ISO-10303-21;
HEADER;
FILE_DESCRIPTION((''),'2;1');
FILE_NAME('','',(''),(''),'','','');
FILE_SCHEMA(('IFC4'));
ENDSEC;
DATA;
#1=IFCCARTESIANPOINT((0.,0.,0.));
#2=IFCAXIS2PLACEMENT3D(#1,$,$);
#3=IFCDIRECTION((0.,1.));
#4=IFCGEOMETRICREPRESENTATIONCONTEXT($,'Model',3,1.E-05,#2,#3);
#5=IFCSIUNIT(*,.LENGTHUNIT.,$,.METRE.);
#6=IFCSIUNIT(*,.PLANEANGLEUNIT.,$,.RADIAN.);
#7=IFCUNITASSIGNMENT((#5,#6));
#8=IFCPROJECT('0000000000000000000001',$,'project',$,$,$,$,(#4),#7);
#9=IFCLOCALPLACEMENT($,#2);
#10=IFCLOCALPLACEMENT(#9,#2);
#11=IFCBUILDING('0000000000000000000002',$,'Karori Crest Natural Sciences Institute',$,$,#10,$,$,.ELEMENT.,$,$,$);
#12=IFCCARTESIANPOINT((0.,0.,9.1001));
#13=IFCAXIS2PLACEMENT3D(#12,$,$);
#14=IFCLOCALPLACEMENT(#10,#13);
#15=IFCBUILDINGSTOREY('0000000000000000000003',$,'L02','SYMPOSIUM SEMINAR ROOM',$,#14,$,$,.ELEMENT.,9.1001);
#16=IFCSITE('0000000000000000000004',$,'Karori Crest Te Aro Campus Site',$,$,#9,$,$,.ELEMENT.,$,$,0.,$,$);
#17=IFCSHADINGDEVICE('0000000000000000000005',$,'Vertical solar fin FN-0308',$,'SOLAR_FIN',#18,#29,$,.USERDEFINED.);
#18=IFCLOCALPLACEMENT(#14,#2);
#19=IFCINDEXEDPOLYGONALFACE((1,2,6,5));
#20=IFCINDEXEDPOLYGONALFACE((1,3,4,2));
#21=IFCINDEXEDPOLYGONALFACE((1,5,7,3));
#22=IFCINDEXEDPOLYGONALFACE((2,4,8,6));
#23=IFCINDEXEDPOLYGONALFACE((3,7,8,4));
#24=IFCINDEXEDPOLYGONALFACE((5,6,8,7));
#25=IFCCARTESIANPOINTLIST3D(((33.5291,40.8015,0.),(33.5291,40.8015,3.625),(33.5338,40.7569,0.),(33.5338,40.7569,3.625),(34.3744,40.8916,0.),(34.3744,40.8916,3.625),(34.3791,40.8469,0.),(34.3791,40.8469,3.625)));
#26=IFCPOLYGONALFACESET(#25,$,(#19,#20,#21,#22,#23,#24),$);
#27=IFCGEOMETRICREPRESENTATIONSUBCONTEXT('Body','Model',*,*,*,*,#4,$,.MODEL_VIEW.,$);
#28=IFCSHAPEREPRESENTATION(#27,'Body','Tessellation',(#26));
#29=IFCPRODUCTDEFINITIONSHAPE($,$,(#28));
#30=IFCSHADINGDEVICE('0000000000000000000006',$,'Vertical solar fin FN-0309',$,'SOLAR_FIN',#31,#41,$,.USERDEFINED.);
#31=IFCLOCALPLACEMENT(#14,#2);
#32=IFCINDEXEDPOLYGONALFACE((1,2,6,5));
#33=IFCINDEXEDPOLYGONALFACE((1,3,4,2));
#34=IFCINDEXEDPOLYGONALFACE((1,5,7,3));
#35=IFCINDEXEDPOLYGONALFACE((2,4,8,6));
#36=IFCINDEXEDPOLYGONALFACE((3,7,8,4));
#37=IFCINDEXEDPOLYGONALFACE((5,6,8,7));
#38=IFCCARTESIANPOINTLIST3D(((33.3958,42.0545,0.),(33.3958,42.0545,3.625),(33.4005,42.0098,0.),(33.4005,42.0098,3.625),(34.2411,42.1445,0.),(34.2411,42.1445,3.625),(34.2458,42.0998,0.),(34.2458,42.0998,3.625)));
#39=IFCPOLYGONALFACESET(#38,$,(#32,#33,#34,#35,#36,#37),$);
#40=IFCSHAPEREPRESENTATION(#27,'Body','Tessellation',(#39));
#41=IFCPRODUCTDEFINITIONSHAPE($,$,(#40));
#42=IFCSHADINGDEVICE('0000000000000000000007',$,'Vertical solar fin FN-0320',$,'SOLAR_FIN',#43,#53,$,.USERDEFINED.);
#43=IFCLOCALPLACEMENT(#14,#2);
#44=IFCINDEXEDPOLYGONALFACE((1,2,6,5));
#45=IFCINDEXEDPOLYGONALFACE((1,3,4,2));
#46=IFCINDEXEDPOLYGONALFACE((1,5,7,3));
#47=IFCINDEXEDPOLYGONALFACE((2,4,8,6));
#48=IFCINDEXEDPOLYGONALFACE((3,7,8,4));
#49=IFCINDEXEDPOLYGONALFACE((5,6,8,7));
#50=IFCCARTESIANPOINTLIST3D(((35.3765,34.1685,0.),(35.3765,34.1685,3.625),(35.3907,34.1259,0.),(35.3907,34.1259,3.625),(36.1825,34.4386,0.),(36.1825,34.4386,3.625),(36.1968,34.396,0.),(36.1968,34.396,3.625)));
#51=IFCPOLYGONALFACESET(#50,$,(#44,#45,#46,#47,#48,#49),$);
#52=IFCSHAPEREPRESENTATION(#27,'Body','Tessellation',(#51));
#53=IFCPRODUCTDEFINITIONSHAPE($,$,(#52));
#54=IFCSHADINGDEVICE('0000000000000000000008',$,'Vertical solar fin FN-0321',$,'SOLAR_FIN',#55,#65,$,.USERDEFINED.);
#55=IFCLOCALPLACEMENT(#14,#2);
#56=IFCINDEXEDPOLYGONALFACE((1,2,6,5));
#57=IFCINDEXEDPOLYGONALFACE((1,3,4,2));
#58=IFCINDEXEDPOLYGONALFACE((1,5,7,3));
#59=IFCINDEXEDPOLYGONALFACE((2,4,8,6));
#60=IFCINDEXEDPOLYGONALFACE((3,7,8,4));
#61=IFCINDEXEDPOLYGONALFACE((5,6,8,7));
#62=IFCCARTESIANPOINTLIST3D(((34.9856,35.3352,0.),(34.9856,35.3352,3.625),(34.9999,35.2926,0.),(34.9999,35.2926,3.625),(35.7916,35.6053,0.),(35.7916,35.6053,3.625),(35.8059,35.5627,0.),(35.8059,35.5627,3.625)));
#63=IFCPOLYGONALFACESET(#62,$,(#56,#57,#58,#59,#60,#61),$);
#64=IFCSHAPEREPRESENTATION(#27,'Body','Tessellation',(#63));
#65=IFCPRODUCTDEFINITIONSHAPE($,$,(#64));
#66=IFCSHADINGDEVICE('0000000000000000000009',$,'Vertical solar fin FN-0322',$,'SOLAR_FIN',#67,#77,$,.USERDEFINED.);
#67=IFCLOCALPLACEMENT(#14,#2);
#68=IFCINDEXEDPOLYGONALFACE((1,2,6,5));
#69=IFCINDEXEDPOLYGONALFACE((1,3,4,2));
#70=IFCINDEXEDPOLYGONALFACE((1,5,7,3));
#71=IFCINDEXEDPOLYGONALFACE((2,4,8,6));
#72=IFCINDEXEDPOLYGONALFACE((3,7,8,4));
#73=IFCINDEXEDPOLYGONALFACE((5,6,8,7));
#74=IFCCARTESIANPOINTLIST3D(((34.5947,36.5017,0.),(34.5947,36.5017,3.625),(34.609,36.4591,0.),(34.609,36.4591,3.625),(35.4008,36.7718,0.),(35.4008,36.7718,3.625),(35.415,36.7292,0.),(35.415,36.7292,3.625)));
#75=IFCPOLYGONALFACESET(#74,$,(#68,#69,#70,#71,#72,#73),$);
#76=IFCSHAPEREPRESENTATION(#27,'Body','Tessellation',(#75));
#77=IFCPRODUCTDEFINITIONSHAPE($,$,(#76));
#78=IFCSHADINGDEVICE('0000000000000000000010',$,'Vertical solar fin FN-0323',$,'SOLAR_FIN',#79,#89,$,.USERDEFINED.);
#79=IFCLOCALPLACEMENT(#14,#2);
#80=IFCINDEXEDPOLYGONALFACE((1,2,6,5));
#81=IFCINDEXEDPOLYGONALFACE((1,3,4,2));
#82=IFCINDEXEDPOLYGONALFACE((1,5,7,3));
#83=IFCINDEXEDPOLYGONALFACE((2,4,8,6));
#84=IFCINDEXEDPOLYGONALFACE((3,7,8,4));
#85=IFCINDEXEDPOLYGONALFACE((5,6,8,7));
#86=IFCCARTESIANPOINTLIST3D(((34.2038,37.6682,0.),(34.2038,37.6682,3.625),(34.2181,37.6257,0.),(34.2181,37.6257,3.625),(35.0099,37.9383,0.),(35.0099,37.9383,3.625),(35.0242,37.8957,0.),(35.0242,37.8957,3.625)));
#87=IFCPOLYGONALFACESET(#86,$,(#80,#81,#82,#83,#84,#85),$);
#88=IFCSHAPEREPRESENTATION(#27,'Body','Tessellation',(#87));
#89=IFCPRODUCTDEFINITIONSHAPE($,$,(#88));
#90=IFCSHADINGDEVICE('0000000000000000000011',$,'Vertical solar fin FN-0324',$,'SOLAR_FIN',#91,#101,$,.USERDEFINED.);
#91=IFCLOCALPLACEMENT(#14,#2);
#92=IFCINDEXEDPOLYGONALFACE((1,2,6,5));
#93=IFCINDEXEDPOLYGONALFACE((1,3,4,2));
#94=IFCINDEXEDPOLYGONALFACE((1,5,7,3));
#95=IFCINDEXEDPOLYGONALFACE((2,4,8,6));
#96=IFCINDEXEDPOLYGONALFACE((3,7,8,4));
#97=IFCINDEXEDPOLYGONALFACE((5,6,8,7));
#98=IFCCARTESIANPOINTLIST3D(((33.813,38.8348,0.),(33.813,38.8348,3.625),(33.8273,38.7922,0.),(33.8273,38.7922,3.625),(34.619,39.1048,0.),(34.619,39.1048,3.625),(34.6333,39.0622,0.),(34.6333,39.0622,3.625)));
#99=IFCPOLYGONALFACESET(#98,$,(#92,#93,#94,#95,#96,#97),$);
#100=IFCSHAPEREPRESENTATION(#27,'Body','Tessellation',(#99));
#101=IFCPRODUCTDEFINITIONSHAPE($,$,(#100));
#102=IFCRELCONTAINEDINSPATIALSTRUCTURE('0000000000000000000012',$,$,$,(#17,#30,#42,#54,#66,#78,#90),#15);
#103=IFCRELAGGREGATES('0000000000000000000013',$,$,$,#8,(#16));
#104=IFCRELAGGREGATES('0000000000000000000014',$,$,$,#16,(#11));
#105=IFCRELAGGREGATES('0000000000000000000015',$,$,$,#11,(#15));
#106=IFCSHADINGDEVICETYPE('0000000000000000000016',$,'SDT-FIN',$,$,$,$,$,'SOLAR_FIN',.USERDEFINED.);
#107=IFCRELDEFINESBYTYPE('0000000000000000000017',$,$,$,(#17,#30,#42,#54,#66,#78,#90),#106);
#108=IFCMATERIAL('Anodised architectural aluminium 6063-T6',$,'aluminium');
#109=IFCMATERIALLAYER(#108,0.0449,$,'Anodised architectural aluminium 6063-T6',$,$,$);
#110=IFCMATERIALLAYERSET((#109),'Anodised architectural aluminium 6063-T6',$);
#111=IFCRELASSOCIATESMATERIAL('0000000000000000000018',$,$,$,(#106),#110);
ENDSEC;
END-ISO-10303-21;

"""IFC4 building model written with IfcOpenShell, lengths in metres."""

from ifc_helpers import new_model, si_unit, direction, frame, origin, origin_2d, place, context, subcontext, project, spatial, rectangle, extrude, material, layer, layer_set, type_object, element, save


model = new_model("IFC4")

# Units and contexts
model_context = context("Model", 3, precision=1e-05, world=origin(), true_north=direction((0.0, 1.0)))
body_context = subcontext(model_context, "Body", "Model", "MODEL_VIEW")
ifc_project = project(units=[si_unit("LENGTHUNIT", "METRE"), si_unit("PLANEANGLEUNIT", "RADIAN")], contexts=[model_context])

# Site, building, storey
site_placement = place(None, origin())
site = spatial("IfcSite", under=ifc_project, at=site_placement, Name="Karori Crest Te Aro Campus Site", CompositionType="ELEMENT", RefElevation=0.0)
building_placement = place(site_placement, origin())
building = spatial("IfcBuilding", under=site, at=building_placement, Name="Karori Crest Natural Sciences Institute", CompositionType="ELEMENT")
storey_placement = place(building_placement, frame((0.0, 0.0, 9.1001)))
storey = spatial("IfcBuildingStorey", under=building, at=storey_placement, Name="L02", Description="SYMPOSIUM SEMINAR ROOM", CompositionType="ELEMENT", Elevation=9.1001)

# Shared definitions
ifc_material_1 = material(Name="Anodised architectural aluminium 6063-T6", Category="aluminium")

# Shading devices
ifc_layer_1 = layer(ifc_material_1, 0.0449, Name="Anodised architectural aluminium 6063-T6")
ifc_layer_set_1 = layer_set([ifc_layer_1], Name="Anodised architectural aluminium 6063-T6")
shading_device_type = type_object("IfcShadingDeviceType", Name="SDT-FIN", ElementType="SOLAR_FIN", PredefinedType="USERDEFINED", material=ifc_layer_set_1)
for number, where, z_axis, x_axis, name in (
    (1, (33.9541, 40.8242, 0.0), (0.0, 0.0, 1.0), (-0.994379, -0.105882, 0.0), "Vertical solar fin FN-0308"),
    (2, (33.8208, 42.0771, 0.0), (0.0, 0.0, 1.0), (-0.994379, -0.105882, 0.0), "Vertical solar fin FN-0309"),
    (3, (35.7866, 34.2822, 0.0), (0.0, 0.0, 1.0), (-0.948196, -0.317685, 0.0), "Vertical solar fin FN-0320"),
    (4, (35.3958, 35.449, 0.0), (0.0, 0.0, 1.0), (-0.948196, -0.317685, 0.0), "Vertical solar fin FN-0321"),
    (5, (35.0049, 36.6155, 0.0), (0.0, 0.0, 1.0), (-0.948196, -0.317685, 0.0), "Vertical solar fin FN-0322"),
    (6, (34.614, 37.782, 0.0), (0.0, 0.0, 1.0), (-0.948196, -0.317685, 0.0), "Vertical solar fin FN-0323"),
    (7, (34.2231, 38.9485, 0.0), (0.0, 0.0, 1.0), (-0.948196, -0.317685, 0.0), "Vertical solar fin FN-0324"),
):
    element("IfcShadingDevice", number, at=place(storey_placement, frame(where, z_axis=z_axis, x_axis=x_axis)), inside=storey, type_object=shading_device_type, Name=name, ObjectType="SOLAR_FIN", PredefinedType="USERDEFINED", context=body_context, shape_type="SweptSolid", body=[
        extrude(rectangle(XDim=0.8501, YDim=0.0449, at=origin_2d()), origin(), (0.0, 0.0, 1.0), 3.625),
    ])

save(model, "model.ifc")
